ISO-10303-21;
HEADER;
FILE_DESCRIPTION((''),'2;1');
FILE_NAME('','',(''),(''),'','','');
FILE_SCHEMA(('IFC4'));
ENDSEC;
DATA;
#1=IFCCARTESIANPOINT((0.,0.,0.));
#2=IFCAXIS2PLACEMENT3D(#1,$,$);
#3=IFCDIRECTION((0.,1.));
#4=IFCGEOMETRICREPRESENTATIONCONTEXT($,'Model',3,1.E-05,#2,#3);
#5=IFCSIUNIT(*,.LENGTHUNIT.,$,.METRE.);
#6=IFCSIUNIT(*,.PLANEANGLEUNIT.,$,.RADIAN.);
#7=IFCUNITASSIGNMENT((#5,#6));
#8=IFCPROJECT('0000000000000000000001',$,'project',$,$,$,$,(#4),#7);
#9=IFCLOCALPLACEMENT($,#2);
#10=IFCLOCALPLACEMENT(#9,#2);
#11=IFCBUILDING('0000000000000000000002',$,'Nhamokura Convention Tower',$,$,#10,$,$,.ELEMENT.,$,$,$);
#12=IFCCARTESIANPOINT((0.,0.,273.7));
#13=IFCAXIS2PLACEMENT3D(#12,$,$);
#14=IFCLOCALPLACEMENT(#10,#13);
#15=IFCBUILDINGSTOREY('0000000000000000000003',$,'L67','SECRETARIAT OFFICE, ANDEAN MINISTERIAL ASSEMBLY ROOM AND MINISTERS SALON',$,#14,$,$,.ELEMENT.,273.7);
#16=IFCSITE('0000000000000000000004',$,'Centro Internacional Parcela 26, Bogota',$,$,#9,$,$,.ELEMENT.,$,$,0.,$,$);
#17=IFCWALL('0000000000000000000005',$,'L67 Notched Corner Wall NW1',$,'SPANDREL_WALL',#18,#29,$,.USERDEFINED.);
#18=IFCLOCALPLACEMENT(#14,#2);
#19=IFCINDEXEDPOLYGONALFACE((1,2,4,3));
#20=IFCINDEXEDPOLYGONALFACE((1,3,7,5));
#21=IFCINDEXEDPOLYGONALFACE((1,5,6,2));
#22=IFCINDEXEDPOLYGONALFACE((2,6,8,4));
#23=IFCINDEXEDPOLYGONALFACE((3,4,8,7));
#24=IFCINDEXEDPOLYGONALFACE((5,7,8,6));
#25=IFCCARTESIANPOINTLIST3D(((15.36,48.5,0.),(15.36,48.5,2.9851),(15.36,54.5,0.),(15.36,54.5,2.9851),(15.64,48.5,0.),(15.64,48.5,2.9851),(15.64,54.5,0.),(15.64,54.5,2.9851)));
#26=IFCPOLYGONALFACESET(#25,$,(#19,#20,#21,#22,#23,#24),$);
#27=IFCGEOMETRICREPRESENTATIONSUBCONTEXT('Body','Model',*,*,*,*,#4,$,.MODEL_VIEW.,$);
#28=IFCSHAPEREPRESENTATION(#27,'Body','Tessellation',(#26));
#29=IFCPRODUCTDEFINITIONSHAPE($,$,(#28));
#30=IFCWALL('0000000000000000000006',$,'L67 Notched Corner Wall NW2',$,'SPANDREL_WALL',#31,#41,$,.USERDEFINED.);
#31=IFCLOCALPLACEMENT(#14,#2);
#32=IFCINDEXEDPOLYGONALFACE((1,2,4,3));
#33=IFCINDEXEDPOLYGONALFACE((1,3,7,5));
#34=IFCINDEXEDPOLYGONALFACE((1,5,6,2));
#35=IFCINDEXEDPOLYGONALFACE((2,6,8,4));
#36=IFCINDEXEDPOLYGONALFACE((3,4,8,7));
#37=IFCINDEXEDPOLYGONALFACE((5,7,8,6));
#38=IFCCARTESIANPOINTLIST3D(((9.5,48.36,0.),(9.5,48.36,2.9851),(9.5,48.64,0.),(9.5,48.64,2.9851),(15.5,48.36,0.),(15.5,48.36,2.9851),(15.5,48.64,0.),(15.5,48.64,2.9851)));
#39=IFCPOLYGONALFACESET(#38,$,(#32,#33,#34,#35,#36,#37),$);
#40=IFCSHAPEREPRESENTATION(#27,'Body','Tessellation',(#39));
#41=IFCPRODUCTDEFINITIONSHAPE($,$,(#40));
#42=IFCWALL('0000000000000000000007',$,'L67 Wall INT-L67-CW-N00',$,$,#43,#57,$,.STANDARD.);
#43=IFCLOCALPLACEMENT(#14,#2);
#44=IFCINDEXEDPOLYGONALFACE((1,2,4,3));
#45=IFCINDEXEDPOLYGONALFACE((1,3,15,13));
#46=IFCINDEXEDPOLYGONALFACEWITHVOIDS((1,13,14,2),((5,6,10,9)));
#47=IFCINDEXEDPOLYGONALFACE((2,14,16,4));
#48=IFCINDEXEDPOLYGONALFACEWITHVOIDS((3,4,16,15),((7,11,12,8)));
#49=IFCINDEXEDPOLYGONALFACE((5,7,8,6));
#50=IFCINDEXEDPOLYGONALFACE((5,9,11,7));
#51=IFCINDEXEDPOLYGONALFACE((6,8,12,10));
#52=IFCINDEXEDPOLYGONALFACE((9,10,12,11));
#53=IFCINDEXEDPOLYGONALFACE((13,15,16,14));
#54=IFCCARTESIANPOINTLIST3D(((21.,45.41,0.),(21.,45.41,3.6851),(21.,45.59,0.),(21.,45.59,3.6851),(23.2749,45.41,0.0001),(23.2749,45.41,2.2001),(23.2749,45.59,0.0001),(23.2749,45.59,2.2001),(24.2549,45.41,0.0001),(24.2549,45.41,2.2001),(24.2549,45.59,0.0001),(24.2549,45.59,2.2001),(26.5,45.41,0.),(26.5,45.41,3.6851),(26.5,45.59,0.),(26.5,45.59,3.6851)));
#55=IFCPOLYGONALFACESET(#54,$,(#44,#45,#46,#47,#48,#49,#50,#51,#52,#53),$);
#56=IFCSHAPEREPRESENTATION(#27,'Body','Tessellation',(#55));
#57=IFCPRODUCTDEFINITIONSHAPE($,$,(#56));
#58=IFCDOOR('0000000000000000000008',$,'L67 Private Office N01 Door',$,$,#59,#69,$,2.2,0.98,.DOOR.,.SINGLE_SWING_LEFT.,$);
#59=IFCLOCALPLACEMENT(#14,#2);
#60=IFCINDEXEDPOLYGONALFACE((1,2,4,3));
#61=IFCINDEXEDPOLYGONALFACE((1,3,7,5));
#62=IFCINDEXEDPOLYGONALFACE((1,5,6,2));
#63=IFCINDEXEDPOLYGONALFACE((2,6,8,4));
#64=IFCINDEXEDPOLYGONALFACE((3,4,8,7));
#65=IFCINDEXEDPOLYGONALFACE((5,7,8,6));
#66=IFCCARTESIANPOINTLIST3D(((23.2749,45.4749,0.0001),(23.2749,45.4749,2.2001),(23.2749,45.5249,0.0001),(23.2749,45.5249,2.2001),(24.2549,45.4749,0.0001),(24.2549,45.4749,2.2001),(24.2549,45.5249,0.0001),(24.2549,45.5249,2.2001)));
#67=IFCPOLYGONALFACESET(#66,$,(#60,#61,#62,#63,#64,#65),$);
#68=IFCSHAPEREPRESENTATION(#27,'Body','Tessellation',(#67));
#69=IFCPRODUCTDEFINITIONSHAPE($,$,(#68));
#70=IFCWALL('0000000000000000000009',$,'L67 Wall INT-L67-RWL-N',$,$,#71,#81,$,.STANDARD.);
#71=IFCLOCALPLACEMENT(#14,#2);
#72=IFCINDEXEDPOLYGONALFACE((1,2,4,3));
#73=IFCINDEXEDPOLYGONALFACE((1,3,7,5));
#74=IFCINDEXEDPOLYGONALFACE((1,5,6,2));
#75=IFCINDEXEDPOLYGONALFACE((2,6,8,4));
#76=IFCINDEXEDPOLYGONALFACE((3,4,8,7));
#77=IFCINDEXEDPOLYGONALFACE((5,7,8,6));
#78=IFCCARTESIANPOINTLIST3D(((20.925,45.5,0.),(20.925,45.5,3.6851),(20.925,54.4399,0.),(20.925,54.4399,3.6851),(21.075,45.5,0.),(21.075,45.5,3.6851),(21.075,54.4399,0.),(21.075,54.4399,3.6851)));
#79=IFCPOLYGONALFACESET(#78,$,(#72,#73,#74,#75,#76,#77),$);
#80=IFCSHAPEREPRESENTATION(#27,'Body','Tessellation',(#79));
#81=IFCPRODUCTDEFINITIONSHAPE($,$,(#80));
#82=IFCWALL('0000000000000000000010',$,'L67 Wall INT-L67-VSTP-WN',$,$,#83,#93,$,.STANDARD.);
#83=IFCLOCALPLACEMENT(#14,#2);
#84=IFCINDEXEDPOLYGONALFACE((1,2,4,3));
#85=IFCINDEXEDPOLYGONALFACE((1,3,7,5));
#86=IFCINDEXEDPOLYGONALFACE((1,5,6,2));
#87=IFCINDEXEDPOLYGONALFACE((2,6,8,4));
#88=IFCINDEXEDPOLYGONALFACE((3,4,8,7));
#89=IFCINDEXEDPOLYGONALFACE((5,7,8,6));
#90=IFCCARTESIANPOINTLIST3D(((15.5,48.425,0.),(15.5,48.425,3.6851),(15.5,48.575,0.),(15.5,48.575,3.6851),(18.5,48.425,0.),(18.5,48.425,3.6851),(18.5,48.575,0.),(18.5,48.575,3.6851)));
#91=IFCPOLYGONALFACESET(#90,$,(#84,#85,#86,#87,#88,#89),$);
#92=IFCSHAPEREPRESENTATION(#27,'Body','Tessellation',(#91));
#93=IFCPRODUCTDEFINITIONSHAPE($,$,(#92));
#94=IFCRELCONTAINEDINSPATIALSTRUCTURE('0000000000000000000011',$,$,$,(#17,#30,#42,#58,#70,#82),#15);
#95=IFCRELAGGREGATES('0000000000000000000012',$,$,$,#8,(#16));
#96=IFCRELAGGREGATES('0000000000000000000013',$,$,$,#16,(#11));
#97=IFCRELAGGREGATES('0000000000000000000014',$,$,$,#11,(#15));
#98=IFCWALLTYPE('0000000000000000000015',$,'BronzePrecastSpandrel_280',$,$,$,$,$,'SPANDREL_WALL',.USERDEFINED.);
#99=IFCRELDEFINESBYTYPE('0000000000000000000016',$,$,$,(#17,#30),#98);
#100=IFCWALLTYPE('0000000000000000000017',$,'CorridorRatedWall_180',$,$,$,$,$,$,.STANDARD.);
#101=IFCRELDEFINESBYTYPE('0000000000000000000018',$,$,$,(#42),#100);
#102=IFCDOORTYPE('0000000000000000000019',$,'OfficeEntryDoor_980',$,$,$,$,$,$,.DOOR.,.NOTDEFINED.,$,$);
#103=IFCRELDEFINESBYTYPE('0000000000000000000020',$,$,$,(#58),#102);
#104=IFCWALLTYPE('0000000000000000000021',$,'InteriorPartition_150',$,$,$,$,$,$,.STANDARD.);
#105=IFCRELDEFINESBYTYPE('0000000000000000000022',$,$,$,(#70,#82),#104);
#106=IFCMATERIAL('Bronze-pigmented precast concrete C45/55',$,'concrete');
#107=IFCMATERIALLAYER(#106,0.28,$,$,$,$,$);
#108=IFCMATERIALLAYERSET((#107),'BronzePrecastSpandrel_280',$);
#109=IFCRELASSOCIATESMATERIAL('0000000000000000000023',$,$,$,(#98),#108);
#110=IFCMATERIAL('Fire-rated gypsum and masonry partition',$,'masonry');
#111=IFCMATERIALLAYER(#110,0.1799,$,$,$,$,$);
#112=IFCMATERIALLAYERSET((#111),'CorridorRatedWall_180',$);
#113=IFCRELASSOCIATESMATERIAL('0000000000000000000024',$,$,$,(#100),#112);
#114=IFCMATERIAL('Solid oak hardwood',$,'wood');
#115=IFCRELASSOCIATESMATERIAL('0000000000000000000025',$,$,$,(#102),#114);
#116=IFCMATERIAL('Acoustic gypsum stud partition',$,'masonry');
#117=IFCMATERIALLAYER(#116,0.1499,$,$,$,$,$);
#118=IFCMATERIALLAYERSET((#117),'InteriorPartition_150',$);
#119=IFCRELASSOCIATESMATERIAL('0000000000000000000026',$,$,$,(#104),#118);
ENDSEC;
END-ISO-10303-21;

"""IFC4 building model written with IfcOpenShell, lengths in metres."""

from ifc_helpers import new_model, si_unit, direction, frame, frame_2d, origin, place, context, subcontext, project, spatial, rectangle, extrude, material, layer, layer_set, type_object, element, fill, save


model = new_model("IFC4")

# Units and contexts
model_context = context("Model", 3, precision=1e-05, world=origin(), true_north=direction((0.0, 1.0)))
body_context = subcontext(model_context, "Body", "Model", "MODEL_VIEW")
ifc_project = project(units=[si_unit("LENGTHUNIT", "METRE"), si_unit("PLANEANGLEUNIT", "RADIAN")], contexts=[model_context])

# Site, building, storey
site_placement = place(None, origin())
site = spatial("IfcSite", under=ifc_project, at=site_placement, Name="Centro Internacional Parcela 26, Bogota", CompositionType="ELEMENT", RefElevation=0.0)
building_placement = place(site_placement, origin())
building = spatial("IfcBuilding", under=site, at=building_placement, Name="Nhamokura Convention Tower", CompositionType="ELEMENT")
storey_placement = place(building_placement, frame((0.0, 0.0, 273.7)))
storey = spatial("IfcBuildingStorey", under=building, at=storey_placement, Name="L67", Description="SECRETARIAT OFFICE, ANDEAN MINISTERIAL ASSEMBLY ROOM AND MINISTERS SALON", CompositionType="ELEMENT", Elevation=273.7)

# Walls
ifc_material_1 = material(Name="Bronze-pigmented precast concrete C45/55", Category="concrete")
ifc_layer_1 = layer(ifc_material_1, 0.28)
ifc_layer_set_1 = layer_set([ifc_layer_1], Name="BronzePrecastSpandrel_280")
wall_type_1 = type_object("IfcWallType", Name="BronzePrecastSpandrel_280", ElementType="SPANDREL_WALL", PredefinedType="USERDEFINED", material=ifc_layer_set_1)
for number, where, z_axis, x_axis, name in (
    (1, (15.5, 48.5, 0.0), (0.0, 0.0, 1.0), (0.0, 1.0, 0.0), "L67 Notched Corner Wall NW1"),
    (2, (9.5, 48.5, 0.0), (0.0, 0.0, 1.0), (1.0, 0.0, 0.0), "L67 Notched Corner Wall NW2"),
):
    element("IfcWall", number, at=place(storey_placement, frame(where, z_axis=z_axis, x_axis=x_axis)), inside=storey, type_object=wall_type_1, Name=name, ObjectType="SPANDREL_WALL", PredefinedType="USERDEFINED", context=body_context, shape_type="SweptSolid", body=[
        extrude(rectangle(XDim=6.0, YDim=0.28, at=frame_2d((3.0, 0.0))), origin(), (0.0, 0.0, 1.0), 2.9851),
    ])

# Wall, opening, door
ifc_material_2 = material(Name="Fire-rated gypsum and masonry partition", Category="masonry")
ifc_layer_2 = layer(ifc_material_2, 0.1799)
ifc_layer_set_2 = layer_set([ifc_layer_2], Name="CorridorRatedWall_180")
wall_type_2 = type_object("IfcWallType", Name="CorridorRatedWall_180", PredefinedType="STANDARD", material=ifc_layer_set_2)
wall_1_placement = place(storey_placement, frame((21.0, 45.5, 0.0), z_axis=(0.0, 0.0, 1.0), x_axis=(1.0, 0.0, 0.0)))
wall_1 = element("IfcWall", 3, at=wall_1_placement, inside=storey, type_object=wall_type_2, Name="L67 Wall INT-L67-CW-N00", PredefinedType="STANDARD", context=body_context, shape_type="SweptSolid", body=[
    extrude(rectangle(XDim=5.5, YDim=0.1799, at=frame_2d((2.75, 0.0))), origin(), (0.0, 0.0, 1.0), 3.6851),
])
opening_placement = place(wall_1_placement, frame((2.2749, 0.0, 0.0)))
opening = element("IfcOpeningElement", 4, at=opening_placement, cuts=wall_1, PredefinedType="OPENING", context=body_context, shape_type="SweptSolid", body=[
    extrude(rectangle(XDim=0.98, YDim=2.2, at=frame_2d((0.49, 1.1001))), frame((0.0, 0.0999, 0.0), z_axis=(0.0, -1.0, 0.0), x_axis=(1.0, 0.0, 0.0)), (0.0, 0.0, 1.0), 0.2),
])
ifc_material_3 = material(Name="Solid oak hardwood", Category="wood")
door_type = type_object("IfcDoorType", Name="OfficeEntryDoor_980", OperationType="NOTDEFINED", PredefinedType="DOOR", material=ifc_material_3)
door_placement = place(opening_placement, origin())
door = element("IfcDoor", 5, at=door_placement, inside=storey, type_object=door_type, Name="L67 Private Office N01 Door", OperationType="SINGLE_SWING_LEFT", OverallHeight=2.2, OverallWidth=0.98, PredefinedType="DOOR", context=body_context, shape_type="SweptSolid", body=[
    extrude(rectangle(XDim=0.98, YDim=2.2, at=frame_2d((0.49, 1.1001))), frame((0.0, 0.0249, 0.0), z_axis=(0.0, -1.0, 0.0), x_axis=(1.0, 0.0, 0.0)), (0.0, 0.0, 1.0), 0.05),
])
fill(opening, door)

# Walls
ifc_material_4 = material(Name="Acoustic gypsum stud partition", Category="masonry")
ifc_layer_3 = layer(ifc_material_4, 0.1499)
ifc_layer_set_3 = layer_set([ifc_layer_3], Name="InteriorPartition_150")
wall_type_3 = type_object("IfcWallType", Name="InteriorPartition_150", PredefinedType="STANDARD", material=ifc_layer_set_3)
wall_2_placement = place(storey_placement, frame((21.0, 45.5, 0.0), z_axis=(0.0, 0.0, 1.0), x_axis=(0.0, 1.0, 0.0)))
element("IfcWall", 6, at=wall_2_placement, inside=storey, type_object=wall_type_3, Name="L67 Wall INT-L67-RWL-N", PredefinedType="STANDARD", context=body_context, shape_type="SweptSolid", body=[
    extrude(rectangle(XDim=8.9399, YDim=0.1499, at=frame_2d((4.47, 0.0))), origin(), (0.0, 0.0, 1.0), 3.6851),
])
wall_3_placement = place(storey_placement, frame((15.5, 48.5, 0.0), z_axis=(0.0, 0.0, 1.0), x_axis=(1.0, 0.0, 0.0)))
element("IfcWall", 7, at=wall_3_placement, inside=storey, type_object=wall_type_3, Name="L67 Wall INT-L67-VSTP-WN", PredefinedType="STANDARD", context=body_context, shape_type="SweptSolid", body=[
    extrude(rectangle(XDim=3.0, YDim=0.1499, at=frame_2d((1.5, 0.0))), origin(), (0.0, 0.0, 1.0), 3.6851),
])

save(model, "model.ifc")
